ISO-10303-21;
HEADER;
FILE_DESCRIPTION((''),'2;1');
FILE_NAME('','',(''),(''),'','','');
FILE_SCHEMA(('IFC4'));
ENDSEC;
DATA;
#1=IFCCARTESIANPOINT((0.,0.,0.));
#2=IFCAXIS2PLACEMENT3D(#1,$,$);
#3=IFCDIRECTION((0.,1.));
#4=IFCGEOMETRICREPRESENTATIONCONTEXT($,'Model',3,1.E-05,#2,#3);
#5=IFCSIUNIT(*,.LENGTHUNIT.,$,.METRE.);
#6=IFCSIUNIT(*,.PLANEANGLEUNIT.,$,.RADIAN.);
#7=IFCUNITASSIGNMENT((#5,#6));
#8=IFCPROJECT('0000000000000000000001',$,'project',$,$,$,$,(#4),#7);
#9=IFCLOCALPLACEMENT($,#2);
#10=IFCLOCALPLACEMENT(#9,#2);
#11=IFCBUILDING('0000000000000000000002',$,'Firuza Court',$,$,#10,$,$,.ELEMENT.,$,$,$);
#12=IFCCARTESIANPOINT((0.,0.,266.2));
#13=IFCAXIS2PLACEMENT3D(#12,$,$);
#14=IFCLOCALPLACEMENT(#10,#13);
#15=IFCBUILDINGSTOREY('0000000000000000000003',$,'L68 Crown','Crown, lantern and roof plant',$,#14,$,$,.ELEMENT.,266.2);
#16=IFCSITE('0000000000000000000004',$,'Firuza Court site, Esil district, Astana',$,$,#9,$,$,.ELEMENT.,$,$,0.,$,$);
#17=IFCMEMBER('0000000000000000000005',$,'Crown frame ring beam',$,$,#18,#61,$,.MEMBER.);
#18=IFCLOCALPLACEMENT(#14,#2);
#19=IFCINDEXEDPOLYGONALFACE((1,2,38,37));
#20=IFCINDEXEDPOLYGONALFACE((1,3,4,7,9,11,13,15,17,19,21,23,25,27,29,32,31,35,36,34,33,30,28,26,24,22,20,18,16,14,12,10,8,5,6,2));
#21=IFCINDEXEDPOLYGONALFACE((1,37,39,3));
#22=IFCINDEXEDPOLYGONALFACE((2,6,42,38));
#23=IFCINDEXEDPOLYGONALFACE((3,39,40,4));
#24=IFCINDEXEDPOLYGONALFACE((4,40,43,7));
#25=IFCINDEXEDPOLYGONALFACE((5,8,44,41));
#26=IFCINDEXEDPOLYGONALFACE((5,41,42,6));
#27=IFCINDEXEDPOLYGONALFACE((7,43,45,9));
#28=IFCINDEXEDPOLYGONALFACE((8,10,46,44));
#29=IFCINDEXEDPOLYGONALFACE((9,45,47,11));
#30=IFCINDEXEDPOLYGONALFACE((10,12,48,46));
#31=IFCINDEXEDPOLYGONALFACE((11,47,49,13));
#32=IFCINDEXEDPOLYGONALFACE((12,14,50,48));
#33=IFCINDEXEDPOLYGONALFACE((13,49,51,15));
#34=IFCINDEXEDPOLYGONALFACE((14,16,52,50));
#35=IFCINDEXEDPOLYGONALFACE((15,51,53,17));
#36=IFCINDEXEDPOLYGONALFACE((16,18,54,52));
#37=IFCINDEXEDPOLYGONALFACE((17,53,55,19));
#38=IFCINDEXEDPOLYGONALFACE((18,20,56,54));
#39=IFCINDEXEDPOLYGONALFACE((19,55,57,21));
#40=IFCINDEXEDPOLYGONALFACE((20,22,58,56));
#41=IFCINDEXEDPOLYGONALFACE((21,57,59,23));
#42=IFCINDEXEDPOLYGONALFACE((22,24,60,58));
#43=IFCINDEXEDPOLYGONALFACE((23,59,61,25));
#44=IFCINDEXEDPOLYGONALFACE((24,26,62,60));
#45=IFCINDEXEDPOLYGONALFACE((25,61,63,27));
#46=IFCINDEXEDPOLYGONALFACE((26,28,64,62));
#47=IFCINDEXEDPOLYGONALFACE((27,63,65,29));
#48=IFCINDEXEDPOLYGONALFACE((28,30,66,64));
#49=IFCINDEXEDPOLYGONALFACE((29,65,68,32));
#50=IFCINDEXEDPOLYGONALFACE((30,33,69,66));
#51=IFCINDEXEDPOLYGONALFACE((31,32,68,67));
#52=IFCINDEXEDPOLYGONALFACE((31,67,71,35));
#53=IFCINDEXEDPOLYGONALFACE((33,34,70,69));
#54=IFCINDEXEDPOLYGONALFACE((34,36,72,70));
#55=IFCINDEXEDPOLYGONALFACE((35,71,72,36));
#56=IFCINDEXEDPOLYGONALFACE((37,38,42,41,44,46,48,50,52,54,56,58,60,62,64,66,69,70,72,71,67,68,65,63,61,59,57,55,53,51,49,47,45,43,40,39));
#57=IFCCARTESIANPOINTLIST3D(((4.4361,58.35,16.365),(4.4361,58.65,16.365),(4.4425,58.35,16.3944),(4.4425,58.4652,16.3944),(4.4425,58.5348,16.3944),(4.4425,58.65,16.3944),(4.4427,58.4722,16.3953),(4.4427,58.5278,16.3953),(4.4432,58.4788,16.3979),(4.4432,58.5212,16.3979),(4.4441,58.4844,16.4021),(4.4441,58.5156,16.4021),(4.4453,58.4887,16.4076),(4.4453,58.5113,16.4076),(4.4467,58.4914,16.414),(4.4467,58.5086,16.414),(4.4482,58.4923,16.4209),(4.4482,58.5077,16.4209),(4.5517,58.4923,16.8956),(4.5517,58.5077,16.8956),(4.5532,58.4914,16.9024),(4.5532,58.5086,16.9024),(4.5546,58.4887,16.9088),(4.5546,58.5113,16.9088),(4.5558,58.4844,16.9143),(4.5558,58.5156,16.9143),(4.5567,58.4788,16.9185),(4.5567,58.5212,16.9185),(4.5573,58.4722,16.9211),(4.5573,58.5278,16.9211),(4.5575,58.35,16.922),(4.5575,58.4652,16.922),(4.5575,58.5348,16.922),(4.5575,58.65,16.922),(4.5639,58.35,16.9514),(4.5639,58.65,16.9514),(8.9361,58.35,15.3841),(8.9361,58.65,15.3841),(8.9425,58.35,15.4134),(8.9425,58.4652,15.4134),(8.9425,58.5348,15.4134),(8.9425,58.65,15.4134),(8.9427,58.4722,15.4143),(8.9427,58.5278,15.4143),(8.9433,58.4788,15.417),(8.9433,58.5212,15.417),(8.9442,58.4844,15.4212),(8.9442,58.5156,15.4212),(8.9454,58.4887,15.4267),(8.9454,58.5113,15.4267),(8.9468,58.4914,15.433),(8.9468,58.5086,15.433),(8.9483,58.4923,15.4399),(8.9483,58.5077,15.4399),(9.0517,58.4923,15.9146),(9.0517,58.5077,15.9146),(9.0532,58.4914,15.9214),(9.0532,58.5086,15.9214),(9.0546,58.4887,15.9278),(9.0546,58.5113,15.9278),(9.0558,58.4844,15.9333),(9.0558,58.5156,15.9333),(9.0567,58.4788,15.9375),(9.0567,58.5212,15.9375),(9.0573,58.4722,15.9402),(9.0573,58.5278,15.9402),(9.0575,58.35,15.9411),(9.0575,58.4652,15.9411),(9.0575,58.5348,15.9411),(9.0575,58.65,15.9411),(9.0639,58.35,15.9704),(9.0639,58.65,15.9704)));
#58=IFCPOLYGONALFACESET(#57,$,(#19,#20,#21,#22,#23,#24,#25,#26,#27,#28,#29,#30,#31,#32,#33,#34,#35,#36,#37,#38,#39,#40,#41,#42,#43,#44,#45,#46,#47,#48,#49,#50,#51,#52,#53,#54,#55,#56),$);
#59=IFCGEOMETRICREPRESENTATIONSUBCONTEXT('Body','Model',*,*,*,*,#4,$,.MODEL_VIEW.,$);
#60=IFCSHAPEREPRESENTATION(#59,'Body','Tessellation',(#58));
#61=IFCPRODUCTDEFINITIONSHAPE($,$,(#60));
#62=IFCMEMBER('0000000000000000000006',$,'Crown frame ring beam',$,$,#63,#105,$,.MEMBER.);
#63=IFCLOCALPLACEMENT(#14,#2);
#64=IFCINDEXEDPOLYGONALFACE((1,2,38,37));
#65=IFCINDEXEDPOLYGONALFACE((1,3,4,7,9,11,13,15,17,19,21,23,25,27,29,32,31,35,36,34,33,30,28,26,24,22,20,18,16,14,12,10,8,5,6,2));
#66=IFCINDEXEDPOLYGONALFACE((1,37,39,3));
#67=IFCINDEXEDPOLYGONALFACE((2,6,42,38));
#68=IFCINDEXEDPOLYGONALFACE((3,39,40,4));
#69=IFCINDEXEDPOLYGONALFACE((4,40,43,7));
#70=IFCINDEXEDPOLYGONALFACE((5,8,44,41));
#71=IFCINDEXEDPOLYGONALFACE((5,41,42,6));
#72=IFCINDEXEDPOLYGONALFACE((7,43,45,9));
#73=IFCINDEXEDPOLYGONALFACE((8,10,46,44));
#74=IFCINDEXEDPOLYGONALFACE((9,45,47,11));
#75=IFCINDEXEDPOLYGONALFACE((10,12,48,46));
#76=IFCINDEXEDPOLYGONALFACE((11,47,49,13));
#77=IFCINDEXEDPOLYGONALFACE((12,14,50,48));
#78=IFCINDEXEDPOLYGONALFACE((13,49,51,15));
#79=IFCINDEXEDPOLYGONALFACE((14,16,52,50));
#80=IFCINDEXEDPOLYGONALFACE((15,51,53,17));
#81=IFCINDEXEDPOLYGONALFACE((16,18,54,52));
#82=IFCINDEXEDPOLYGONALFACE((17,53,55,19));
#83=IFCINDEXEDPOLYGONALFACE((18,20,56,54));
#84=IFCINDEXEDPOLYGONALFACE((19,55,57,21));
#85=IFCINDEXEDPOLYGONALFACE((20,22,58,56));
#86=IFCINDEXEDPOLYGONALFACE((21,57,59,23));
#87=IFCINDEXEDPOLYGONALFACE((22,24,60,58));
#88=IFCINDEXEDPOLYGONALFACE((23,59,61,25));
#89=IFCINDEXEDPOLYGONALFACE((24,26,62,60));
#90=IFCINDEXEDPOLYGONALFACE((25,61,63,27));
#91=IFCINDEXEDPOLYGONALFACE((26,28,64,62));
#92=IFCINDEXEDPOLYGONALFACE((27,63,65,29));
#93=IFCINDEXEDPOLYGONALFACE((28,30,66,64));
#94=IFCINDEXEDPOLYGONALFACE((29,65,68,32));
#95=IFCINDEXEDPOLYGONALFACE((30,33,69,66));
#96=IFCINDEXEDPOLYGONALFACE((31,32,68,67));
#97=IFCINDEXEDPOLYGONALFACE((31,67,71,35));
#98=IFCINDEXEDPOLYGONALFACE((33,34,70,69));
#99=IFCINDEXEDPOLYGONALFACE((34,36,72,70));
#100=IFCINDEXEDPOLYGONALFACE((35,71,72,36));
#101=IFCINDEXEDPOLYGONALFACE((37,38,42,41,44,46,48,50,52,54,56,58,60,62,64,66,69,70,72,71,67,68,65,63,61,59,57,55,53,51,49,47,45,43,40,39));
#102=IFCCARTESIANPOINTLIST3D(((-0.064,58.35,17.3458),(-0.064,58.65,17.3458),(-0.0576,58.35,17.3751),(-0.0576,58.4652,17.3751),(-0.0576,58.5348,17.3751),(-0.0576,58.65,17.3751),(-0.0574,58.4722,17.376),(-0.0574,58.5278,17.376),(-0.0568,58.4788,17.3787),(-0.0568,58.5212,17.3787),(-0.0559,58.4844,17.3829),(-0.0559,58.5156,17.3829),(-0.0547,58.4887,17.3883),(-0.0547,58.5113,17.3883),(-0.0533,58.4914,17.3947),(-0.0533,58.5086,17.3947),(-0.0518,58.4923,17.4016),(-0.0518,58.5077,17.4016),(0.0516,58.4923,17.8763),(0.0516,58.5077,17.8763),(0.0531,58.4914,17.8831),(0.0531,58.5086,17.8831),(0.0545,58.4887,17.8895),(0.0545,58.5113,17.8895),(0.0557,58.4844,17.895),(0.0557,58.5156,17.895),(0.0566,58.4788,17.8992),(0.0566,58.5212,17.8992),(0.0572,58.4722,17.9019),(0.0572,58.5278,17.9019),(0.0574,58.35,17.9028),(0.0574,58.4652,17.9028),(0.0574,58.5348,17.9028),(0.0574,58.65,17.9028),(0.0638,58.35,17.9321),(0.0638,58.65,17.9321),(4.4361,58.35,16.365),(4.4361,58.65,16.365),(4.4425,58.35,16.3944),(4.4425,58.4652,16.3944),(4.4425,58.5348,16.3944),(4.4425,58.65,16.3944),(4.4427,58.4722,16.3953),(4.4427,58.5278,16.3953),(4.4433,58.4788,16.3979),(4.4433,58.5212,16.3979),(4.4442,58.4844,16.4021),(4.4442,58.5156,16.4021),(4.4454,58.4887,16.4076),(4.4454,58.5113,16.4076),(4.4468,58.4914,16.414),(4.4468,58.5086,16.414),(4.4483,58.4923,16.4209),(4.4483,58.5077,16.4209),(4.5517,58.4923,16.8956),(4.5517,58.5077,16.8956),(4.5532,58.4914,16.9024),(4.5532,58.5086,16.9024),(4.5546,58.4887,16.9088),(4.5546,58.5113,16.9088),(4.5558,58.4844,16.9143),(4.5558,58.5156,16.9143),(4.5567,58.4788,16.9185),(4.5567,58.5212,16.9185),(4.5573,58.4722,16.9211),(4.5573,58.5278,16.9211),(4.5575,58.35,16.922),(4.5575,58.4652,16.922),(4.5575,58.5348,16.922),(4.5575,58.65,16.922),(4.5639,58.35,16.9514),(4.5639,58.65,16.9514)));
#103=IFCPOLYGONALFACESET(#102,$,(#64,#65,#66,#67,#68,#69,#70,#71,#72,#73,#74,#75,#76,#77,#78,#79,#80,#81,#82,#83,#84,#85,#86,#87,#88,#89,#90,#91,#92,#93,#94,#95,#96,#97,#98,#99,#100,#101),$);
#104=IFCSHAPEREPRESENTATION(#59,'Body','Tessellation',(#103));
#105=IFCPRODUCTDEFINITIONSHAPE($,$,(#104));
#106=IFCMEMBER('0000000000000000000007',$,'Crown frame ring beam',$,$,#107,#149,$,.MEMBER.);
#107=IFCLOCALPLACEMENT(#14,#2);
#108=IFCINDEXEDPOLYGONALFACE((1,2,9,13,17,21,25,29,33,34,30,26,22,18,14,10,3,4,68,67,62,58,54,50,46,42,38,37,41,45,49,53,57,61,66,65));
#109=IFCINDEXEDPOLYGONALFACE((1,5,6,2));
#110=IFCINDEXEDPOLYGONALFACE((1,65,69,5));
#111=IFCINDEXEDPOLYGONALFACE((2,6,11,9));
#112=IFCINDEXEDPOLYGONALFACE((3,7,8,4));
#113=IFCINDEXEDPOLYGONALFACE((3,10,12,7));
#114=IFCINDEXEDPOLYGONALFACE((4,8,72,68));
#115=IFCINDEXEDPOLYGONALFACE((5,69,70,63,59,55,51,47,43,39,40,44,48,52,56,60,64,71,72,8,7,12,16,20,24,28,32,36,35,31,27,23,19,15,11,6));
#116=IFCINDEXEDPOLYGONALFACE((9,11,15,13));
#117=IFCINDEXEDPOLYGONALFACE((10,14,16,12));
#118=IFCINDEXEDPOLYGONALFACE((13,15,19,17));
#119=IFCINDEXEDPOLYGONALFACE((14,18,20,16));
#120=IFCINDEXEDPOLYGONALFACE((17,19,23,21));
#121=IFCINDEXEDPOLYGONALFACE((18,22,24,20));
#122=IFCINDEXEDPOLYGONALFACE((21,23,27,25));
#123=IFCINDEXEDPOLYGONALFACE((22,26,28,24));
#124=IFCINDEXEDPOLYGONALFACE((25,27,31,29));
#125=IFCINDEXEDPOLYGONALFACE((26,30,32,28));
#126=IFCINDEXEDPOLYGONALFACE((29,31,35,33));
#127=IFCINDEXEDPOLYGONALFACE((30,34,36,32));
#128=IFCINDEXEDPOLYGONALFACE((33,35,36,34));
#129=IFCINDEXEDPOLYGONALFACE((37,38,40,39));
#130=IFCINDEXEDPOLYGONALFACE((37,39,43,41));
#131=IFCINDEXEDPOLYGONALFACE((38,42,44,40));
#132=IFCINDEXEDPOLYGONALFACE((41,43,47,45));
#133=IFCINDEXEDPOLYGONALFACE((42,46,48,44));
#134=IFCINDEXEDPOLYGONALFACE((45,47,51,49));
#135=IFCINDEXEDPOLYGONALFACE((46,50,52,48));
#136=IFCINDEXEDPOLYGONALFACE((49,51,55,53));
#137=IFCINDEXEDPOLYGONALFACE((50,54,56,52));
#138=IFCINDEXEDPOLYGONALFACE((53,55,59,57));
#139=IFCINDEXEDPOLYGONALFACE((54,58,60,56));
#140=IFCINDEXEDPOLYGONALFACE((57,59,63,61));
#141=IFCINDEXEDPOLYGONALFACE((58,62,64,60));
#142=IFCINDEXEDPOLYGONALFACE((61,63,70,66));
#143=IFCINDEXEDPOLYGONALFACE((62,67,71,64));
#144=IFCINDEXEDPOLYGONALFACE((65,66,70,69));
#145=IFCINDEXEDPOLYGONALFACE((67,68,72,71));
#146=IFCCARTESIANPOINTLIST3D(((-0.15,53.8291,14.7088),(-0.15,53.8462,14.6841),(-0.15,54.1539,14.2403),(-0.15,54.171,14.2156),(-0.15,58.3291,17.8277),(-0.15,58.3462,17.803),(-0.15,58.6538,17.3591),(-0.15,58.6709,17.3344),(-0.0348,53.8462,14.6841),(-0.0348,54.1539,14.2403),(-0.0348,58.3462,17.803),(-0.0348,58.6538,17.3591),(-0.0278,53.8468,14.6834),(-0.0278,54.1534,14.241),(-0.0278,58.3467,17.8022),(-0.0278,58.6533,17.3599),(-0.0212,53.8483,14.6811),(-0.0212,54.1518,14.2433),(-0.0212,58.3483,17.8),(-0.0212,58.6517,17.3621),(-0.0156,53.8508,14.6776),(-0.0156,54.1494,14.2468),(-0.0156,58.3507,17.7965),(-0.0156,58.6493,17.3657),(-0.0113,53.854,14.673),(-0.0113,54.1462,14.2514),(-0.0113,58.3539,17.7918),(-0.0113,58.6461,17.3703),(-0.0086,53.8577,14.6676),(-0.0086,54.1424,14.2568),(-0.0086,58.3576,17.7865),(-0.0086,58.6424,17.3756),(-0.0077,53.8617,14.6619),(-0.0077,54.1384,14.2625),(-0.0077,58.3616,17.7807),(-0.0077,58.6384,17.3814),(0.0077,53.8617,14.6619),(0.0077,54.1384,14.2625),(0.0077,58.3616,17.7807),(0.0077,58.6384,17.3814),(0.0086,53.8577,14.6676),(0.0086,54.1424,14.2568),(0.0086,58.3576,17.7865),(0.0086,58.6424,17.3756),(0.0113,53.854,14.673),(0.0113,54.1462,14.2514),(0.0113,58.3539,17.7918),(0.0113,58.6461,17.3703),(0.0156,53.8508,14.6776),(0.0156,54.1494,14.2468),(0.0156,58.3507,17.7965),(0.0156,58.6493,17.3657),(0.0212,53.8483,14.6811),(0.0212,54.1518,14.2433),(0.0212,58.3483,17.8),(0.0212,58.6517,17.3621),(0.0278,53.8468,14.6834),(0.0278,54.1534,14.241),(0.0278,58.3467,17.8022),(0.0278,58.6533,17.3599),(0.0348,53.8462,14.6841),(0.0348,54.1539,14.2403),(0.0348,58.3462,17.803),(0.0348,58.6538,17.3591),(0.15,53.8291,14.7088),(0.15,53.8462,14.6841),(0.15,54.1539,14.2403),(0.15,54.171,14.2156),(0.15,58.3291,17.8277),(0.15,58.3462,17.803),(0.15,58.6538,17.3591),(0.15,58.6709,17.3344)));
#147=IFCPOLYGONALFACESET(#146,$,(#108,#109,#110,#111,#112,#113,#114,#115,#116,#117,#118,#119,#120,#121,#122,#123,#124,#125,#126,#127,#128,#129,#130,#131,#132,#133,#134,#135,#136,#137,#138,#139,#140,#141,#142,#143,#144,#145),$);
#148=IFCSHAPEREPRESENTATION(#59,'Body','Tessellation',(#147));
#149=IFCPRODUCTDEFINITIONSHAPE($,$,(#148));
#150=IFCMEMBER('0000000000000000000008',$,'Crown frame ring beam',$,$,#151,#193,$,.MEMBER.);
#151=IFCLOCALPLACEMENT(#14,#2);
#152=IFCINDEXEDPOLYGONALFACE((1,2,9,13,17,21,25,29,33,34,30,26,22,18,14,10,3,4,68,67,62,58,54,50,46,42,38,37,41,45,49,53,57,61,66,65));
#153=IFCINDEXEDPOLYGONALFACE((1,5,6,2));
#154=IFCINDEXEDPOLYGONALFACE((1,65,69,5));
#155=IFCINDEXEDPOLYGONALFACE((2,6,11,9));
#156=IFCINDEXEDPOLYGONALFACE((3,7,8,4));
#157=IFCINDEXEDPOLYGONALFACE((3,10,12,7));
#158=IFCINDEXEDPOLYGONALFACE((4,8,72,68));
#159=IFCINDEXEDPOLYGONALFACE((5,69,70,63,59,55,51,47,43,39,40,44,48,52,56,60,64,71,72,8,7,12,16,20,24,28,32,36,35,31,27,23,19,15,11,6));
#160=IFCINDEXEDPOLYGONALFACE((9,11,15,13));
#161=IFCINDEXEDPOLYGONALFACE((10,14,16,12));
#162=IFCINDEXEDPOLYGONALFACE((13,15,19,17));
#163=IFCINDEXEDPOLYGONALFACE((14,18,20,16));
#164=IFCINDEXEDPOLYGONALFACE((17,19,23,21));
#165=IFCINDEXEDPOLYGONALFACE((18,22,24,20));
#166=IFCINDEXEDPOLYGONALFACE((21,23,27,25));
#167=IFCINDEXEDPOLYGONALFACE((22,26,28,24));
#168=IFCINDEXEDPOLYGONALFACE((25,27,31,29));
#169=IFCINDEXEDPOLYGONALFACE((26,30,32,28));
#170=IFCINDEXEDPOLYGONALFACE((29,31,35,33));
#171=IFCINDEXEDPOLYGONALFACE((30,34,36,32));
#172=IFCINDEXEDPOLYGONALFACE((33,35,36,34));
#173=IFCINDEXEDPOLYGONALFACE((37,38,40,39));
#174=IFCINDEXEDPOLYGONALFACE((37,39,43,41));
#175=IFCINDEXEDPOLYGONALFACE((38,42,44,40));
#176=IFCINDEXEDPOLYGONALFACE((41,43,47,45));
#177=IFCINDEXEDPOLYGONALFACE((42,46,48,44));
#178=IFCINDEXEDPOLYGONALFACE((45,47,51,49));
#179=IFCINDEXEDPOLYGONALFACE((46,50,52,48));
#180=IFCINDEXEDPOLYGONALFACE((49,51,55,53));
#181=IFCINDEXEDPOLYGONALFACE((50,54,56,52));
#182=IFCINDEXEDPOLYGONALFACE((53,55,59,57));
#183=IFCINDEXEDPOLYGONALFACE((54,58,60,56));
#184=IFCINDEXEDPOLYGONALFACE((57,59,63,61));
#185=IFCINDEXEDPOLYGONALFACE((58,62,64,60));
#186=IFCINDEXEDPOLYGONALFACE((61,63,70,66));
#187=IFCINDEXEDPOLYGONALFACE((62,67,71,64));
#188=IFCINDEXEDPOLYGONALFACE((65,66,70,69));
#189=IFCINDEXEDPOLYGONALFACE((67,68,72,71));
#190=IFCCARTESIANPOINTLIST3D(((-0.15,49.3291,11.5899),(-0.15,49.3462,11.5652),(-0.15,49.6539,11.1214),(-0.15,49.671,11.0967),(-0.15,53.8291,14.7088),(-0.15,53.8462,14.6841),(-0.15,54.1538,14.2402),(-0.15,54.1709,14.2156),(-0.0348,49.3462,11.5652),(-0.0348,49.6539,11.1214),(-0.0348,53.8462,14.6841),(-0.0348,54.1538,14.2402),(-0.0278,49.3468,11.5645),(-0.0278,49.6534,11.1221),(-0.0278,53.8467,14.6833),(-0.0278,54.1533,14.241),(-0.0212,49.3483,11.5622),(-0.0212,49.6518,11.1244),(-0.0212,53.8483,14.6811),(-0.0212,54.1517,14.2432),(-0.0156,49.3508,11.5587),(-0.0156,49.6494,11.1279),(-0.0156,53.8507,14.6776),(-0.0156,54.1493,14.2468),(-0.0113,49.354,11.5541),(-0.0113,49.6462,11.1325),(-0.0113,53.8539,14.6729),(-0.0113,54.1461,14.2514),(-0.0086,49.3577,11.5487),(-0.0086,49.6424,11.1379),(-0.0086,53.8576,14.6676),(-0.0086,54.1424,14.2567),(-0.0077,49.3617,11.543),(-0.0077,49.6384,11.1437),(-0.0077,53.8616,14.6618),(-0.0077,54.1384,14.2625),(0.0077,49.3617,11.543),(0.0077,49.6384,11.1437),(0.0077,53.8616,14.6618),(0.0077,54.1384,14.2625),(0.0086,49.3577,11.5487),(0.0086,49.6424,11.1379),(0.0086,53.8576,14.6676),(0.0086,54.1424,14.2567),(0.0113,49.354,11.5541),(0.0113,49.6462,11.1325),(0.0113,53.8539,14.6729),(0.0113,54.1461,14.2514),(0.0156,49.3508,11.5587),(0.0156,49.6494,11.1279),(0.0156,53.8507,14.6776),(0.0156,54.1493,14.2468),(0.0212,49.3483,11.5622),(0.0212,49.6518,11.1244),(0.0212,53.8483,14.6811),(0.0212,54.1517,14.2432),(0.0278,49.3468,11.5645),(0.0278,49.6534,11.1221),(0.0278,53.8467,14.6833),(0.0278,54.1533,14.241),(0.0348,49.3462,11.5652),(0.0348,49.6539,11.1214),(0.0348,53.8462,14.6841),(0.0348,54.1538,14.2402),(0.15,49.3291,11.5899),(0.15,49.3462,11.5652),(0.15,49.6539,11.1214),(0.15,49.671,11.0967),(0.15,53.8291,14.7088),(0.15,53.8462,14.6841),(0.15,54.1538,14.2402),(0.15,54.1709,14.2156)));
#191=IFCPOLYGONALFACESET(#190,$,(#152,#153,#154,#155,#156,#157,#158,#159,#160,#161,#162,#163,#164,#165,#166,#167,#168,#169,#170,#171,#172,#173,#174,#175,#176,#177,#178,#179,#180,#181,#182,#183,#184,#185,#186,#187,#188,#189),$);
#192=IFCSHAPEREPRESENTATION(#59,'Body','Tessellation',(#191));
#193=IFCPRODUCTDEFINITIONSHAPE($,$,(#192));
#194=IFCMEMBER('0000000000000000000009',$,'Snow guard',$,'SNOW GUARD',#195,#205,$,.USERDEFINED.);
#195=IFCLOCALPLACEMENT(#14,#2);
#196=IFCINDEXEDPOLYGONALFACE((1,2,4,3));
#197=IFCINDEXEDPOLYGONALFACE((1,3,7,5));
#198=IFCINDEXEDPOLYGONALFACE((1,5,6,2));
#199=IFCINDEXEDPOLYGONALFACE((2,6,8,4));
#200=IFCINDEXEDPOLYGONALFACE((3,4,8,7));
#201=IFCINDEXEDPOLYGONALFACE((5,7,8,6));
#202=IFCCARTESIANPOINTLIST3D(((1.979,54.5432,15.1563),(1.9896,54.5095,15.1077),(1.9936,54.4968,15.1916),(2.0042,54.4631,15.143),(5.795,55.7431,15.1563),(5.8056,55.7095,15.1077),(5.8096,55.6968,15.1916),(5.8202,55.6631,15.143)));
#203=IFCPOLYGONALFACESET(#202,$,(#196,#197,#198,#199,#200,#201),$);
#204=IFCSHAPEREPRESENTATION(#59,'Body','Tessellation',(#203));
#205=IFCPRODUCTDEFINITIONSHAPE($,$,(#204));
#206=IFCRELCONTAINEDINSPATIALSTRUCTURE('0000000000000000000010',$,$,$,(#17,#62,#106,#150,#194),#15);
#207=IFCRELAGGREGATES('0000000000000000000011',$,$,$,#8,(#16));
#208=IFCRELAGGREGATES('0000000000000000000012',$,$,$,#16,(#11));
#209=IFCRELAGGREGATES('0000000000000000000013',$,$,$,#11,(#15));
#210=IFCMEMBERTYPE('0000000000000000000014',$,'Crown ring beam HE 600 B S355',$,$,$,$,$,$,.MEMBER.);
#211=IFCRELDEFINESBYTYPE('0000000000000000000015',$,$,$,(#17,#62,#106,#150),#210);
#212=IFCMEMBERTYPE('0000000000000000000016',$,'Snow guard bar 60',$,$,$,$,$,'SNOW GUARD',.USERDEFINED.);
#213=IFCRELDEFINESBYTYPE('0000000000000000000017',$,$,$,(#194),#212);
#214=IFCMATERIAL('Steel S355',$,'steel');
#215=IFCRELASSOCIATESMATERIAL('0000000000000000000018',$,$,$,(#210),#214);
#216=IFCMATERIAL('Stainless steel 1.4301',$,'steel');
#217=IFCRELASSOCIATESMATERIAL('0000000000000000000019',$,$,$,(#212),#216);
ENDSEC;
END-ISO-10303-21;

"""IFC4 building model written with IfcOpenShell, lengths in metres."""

from ifc_helpers import new_model, si_unit, direction, frame, origin, origin_2d, place, context, subcontext, project, spatial, rectangle, i_section, extrude, material, material_profile, profile_set, type_object, element, save


model = new_model("IFC4")

# Units and contexts
model_context = context("Model", 3, precision=1e-05, world=origin(), true_north=direction((0.0, 1.0)))
body_context = subcontext(model_context, "Body", "Model", "MODEL_VIEW")
ifc_project = project(units=[si_unit("LENGTHUNIT", "METRE"), si_unit("PLANEANGLEUNIT", "RADIAN")], contexts=[model_context])

# Site, building, storey
site_placement = place(None, origin())
site = spatial("IfcSite", under=ifc_project, at=site_placement, Name="Firuza Court site, Esil district, Astana", CompositionType="ELEMENT", RefElevation=0.0)
building_placement = place(site_placement, origin())
building = spatial("IfcBuilding", under=site, at=building_placement, Name="Firuza Court", CompositionType="ELEMENT")
storey_placement = place(building_placement, frame((0.0, 0.0, 266.2)))
storey = spatial("IfcBuildingStorey", under=building, at=storey_placement, Name="L68 Crown", Description="Crown, lantern and roof plant", CompositionType="ELEMENT", Elevation=266.2)

# Members
ifc_material_1 = material(Name="Steel S355", Category="steel")
ifc_material_profile_1 = material_profile(ifc_material_1, i_section(OverallWidth=0.3, OverallDepth=0.6001, WebThickness=0.0154, FlangeThickness=0.03, FilletRadius=0.0271, at=origin_2d()), Name="HE 600 B")
ifc_profile_set_1 = profile_set([ifc_material_profile_1], Name="Steel S355")
member_type_1 = type_object("IfcMemberType", Name="Crown ring beam HE 600 B S355", PredefinedType="MEMBER", material=ifc_profile_set_1)
for number, where, z_axis, x_axis, name in (
    (1, (9.0, 58.5, 15.6772), (-0.977055, 0.0, 0.212989), (0.0, -1.0, 0.0), "Crown frame ring beam"),
    (2, (4.5, 58.5, 16.6582), (-0.977066, 0.0, 0.212938), (0.0, -1.0, 0.0), "Crown frame ring beam"),
):
    element("IfcMember", number, at=place(storey_placement, frame(where, z_axis=z_axis, x_axis=x_axis)), inside=storey, type_object=member_type_1, Name=name, PredefinedType="MEMBER", context=body_context, shape_type="SweptSolid", body=[
        extrude(i_section(OverallWidth=0.3, OverallDepth=0.6001, WebThickness=0.0154, FlangeThickness=0.03, FilletRadius=0.0271, at=origin_2d()), origin(), (0.0, 0.0, 1.0), 4.6057),
    ])
for number, where, z_axis, x_axis, name in (
    (3, (0.0, 58.5, 17.5811), (0.0, -0.821892, -0.569643), (1.0, 0.0, 0.0), "Crown frame ring beam"),
    (4, (0.0, 54.0, 14.4622), (0.0, -0.821892, -0.569643), (1.0, 0.0, 0.0), "Crown frame ring beam"),
):
    element("IfcMember", number, at=place(storey_placement, frame(where, z_axis=z_axis, x_axis=x_axis)), inside=storey, type_object=member_type_1, Name=name, PredefinedType="MEMBER", context=body_context, shape_type="SweptSolid", body=[
        extrude(i_section(OverallWidth=0.3, OverallDepth=0.6001, WebThickness=0.0154, FlangeThickness=0.03, FilletRadius=0.0271, at=origin_2d()), origin(), (0.0, 0.0, 1.0), 5.4751),
    ])
ifc_material_2 = material(Name="Stainless steel 1.4301", Category="steel")
ifc_material_profile_2 = material_profile(ifc_material_2, rectangle(XDim=0.0601, YDim=0.0601, at=origin_2d()), Name="Snow guard bar 60 x 60")
ifc_profile_set_2 = profile_set([ifc_material_profile_2], Name="Stainless steel 1.4301")
member_type_2 = type_object("IfcMemberType", Name="Snow guard bar 60", ElementType="SNOW GUARD", PredefinedType="USERDEFINED", material=ifc_profile_set_2)
member_placement = place(storey_placement, frame((5.8076, 55.7031, 15.1497), z_axis=(-0.953946, -0.299977, 0.0), x_axis=(0.242687, -0.771759, 0.587785)))
element("IfcMember", 5, at=member_placement, inside=storey, type_object=member_type_2, Name="Snow guard", ObjectType="SNOW GUARD", PredefinedType="USERDEFINED", context=body_context, shape_type="SweptSolid", body=[
    extrude(rectangle(XDim=0.0601, YDim=0.0601, at=origin_2d()), origin(), (0.0, 0.0, 1.0), 4.0002),
])

save(model, "model.ifc")
